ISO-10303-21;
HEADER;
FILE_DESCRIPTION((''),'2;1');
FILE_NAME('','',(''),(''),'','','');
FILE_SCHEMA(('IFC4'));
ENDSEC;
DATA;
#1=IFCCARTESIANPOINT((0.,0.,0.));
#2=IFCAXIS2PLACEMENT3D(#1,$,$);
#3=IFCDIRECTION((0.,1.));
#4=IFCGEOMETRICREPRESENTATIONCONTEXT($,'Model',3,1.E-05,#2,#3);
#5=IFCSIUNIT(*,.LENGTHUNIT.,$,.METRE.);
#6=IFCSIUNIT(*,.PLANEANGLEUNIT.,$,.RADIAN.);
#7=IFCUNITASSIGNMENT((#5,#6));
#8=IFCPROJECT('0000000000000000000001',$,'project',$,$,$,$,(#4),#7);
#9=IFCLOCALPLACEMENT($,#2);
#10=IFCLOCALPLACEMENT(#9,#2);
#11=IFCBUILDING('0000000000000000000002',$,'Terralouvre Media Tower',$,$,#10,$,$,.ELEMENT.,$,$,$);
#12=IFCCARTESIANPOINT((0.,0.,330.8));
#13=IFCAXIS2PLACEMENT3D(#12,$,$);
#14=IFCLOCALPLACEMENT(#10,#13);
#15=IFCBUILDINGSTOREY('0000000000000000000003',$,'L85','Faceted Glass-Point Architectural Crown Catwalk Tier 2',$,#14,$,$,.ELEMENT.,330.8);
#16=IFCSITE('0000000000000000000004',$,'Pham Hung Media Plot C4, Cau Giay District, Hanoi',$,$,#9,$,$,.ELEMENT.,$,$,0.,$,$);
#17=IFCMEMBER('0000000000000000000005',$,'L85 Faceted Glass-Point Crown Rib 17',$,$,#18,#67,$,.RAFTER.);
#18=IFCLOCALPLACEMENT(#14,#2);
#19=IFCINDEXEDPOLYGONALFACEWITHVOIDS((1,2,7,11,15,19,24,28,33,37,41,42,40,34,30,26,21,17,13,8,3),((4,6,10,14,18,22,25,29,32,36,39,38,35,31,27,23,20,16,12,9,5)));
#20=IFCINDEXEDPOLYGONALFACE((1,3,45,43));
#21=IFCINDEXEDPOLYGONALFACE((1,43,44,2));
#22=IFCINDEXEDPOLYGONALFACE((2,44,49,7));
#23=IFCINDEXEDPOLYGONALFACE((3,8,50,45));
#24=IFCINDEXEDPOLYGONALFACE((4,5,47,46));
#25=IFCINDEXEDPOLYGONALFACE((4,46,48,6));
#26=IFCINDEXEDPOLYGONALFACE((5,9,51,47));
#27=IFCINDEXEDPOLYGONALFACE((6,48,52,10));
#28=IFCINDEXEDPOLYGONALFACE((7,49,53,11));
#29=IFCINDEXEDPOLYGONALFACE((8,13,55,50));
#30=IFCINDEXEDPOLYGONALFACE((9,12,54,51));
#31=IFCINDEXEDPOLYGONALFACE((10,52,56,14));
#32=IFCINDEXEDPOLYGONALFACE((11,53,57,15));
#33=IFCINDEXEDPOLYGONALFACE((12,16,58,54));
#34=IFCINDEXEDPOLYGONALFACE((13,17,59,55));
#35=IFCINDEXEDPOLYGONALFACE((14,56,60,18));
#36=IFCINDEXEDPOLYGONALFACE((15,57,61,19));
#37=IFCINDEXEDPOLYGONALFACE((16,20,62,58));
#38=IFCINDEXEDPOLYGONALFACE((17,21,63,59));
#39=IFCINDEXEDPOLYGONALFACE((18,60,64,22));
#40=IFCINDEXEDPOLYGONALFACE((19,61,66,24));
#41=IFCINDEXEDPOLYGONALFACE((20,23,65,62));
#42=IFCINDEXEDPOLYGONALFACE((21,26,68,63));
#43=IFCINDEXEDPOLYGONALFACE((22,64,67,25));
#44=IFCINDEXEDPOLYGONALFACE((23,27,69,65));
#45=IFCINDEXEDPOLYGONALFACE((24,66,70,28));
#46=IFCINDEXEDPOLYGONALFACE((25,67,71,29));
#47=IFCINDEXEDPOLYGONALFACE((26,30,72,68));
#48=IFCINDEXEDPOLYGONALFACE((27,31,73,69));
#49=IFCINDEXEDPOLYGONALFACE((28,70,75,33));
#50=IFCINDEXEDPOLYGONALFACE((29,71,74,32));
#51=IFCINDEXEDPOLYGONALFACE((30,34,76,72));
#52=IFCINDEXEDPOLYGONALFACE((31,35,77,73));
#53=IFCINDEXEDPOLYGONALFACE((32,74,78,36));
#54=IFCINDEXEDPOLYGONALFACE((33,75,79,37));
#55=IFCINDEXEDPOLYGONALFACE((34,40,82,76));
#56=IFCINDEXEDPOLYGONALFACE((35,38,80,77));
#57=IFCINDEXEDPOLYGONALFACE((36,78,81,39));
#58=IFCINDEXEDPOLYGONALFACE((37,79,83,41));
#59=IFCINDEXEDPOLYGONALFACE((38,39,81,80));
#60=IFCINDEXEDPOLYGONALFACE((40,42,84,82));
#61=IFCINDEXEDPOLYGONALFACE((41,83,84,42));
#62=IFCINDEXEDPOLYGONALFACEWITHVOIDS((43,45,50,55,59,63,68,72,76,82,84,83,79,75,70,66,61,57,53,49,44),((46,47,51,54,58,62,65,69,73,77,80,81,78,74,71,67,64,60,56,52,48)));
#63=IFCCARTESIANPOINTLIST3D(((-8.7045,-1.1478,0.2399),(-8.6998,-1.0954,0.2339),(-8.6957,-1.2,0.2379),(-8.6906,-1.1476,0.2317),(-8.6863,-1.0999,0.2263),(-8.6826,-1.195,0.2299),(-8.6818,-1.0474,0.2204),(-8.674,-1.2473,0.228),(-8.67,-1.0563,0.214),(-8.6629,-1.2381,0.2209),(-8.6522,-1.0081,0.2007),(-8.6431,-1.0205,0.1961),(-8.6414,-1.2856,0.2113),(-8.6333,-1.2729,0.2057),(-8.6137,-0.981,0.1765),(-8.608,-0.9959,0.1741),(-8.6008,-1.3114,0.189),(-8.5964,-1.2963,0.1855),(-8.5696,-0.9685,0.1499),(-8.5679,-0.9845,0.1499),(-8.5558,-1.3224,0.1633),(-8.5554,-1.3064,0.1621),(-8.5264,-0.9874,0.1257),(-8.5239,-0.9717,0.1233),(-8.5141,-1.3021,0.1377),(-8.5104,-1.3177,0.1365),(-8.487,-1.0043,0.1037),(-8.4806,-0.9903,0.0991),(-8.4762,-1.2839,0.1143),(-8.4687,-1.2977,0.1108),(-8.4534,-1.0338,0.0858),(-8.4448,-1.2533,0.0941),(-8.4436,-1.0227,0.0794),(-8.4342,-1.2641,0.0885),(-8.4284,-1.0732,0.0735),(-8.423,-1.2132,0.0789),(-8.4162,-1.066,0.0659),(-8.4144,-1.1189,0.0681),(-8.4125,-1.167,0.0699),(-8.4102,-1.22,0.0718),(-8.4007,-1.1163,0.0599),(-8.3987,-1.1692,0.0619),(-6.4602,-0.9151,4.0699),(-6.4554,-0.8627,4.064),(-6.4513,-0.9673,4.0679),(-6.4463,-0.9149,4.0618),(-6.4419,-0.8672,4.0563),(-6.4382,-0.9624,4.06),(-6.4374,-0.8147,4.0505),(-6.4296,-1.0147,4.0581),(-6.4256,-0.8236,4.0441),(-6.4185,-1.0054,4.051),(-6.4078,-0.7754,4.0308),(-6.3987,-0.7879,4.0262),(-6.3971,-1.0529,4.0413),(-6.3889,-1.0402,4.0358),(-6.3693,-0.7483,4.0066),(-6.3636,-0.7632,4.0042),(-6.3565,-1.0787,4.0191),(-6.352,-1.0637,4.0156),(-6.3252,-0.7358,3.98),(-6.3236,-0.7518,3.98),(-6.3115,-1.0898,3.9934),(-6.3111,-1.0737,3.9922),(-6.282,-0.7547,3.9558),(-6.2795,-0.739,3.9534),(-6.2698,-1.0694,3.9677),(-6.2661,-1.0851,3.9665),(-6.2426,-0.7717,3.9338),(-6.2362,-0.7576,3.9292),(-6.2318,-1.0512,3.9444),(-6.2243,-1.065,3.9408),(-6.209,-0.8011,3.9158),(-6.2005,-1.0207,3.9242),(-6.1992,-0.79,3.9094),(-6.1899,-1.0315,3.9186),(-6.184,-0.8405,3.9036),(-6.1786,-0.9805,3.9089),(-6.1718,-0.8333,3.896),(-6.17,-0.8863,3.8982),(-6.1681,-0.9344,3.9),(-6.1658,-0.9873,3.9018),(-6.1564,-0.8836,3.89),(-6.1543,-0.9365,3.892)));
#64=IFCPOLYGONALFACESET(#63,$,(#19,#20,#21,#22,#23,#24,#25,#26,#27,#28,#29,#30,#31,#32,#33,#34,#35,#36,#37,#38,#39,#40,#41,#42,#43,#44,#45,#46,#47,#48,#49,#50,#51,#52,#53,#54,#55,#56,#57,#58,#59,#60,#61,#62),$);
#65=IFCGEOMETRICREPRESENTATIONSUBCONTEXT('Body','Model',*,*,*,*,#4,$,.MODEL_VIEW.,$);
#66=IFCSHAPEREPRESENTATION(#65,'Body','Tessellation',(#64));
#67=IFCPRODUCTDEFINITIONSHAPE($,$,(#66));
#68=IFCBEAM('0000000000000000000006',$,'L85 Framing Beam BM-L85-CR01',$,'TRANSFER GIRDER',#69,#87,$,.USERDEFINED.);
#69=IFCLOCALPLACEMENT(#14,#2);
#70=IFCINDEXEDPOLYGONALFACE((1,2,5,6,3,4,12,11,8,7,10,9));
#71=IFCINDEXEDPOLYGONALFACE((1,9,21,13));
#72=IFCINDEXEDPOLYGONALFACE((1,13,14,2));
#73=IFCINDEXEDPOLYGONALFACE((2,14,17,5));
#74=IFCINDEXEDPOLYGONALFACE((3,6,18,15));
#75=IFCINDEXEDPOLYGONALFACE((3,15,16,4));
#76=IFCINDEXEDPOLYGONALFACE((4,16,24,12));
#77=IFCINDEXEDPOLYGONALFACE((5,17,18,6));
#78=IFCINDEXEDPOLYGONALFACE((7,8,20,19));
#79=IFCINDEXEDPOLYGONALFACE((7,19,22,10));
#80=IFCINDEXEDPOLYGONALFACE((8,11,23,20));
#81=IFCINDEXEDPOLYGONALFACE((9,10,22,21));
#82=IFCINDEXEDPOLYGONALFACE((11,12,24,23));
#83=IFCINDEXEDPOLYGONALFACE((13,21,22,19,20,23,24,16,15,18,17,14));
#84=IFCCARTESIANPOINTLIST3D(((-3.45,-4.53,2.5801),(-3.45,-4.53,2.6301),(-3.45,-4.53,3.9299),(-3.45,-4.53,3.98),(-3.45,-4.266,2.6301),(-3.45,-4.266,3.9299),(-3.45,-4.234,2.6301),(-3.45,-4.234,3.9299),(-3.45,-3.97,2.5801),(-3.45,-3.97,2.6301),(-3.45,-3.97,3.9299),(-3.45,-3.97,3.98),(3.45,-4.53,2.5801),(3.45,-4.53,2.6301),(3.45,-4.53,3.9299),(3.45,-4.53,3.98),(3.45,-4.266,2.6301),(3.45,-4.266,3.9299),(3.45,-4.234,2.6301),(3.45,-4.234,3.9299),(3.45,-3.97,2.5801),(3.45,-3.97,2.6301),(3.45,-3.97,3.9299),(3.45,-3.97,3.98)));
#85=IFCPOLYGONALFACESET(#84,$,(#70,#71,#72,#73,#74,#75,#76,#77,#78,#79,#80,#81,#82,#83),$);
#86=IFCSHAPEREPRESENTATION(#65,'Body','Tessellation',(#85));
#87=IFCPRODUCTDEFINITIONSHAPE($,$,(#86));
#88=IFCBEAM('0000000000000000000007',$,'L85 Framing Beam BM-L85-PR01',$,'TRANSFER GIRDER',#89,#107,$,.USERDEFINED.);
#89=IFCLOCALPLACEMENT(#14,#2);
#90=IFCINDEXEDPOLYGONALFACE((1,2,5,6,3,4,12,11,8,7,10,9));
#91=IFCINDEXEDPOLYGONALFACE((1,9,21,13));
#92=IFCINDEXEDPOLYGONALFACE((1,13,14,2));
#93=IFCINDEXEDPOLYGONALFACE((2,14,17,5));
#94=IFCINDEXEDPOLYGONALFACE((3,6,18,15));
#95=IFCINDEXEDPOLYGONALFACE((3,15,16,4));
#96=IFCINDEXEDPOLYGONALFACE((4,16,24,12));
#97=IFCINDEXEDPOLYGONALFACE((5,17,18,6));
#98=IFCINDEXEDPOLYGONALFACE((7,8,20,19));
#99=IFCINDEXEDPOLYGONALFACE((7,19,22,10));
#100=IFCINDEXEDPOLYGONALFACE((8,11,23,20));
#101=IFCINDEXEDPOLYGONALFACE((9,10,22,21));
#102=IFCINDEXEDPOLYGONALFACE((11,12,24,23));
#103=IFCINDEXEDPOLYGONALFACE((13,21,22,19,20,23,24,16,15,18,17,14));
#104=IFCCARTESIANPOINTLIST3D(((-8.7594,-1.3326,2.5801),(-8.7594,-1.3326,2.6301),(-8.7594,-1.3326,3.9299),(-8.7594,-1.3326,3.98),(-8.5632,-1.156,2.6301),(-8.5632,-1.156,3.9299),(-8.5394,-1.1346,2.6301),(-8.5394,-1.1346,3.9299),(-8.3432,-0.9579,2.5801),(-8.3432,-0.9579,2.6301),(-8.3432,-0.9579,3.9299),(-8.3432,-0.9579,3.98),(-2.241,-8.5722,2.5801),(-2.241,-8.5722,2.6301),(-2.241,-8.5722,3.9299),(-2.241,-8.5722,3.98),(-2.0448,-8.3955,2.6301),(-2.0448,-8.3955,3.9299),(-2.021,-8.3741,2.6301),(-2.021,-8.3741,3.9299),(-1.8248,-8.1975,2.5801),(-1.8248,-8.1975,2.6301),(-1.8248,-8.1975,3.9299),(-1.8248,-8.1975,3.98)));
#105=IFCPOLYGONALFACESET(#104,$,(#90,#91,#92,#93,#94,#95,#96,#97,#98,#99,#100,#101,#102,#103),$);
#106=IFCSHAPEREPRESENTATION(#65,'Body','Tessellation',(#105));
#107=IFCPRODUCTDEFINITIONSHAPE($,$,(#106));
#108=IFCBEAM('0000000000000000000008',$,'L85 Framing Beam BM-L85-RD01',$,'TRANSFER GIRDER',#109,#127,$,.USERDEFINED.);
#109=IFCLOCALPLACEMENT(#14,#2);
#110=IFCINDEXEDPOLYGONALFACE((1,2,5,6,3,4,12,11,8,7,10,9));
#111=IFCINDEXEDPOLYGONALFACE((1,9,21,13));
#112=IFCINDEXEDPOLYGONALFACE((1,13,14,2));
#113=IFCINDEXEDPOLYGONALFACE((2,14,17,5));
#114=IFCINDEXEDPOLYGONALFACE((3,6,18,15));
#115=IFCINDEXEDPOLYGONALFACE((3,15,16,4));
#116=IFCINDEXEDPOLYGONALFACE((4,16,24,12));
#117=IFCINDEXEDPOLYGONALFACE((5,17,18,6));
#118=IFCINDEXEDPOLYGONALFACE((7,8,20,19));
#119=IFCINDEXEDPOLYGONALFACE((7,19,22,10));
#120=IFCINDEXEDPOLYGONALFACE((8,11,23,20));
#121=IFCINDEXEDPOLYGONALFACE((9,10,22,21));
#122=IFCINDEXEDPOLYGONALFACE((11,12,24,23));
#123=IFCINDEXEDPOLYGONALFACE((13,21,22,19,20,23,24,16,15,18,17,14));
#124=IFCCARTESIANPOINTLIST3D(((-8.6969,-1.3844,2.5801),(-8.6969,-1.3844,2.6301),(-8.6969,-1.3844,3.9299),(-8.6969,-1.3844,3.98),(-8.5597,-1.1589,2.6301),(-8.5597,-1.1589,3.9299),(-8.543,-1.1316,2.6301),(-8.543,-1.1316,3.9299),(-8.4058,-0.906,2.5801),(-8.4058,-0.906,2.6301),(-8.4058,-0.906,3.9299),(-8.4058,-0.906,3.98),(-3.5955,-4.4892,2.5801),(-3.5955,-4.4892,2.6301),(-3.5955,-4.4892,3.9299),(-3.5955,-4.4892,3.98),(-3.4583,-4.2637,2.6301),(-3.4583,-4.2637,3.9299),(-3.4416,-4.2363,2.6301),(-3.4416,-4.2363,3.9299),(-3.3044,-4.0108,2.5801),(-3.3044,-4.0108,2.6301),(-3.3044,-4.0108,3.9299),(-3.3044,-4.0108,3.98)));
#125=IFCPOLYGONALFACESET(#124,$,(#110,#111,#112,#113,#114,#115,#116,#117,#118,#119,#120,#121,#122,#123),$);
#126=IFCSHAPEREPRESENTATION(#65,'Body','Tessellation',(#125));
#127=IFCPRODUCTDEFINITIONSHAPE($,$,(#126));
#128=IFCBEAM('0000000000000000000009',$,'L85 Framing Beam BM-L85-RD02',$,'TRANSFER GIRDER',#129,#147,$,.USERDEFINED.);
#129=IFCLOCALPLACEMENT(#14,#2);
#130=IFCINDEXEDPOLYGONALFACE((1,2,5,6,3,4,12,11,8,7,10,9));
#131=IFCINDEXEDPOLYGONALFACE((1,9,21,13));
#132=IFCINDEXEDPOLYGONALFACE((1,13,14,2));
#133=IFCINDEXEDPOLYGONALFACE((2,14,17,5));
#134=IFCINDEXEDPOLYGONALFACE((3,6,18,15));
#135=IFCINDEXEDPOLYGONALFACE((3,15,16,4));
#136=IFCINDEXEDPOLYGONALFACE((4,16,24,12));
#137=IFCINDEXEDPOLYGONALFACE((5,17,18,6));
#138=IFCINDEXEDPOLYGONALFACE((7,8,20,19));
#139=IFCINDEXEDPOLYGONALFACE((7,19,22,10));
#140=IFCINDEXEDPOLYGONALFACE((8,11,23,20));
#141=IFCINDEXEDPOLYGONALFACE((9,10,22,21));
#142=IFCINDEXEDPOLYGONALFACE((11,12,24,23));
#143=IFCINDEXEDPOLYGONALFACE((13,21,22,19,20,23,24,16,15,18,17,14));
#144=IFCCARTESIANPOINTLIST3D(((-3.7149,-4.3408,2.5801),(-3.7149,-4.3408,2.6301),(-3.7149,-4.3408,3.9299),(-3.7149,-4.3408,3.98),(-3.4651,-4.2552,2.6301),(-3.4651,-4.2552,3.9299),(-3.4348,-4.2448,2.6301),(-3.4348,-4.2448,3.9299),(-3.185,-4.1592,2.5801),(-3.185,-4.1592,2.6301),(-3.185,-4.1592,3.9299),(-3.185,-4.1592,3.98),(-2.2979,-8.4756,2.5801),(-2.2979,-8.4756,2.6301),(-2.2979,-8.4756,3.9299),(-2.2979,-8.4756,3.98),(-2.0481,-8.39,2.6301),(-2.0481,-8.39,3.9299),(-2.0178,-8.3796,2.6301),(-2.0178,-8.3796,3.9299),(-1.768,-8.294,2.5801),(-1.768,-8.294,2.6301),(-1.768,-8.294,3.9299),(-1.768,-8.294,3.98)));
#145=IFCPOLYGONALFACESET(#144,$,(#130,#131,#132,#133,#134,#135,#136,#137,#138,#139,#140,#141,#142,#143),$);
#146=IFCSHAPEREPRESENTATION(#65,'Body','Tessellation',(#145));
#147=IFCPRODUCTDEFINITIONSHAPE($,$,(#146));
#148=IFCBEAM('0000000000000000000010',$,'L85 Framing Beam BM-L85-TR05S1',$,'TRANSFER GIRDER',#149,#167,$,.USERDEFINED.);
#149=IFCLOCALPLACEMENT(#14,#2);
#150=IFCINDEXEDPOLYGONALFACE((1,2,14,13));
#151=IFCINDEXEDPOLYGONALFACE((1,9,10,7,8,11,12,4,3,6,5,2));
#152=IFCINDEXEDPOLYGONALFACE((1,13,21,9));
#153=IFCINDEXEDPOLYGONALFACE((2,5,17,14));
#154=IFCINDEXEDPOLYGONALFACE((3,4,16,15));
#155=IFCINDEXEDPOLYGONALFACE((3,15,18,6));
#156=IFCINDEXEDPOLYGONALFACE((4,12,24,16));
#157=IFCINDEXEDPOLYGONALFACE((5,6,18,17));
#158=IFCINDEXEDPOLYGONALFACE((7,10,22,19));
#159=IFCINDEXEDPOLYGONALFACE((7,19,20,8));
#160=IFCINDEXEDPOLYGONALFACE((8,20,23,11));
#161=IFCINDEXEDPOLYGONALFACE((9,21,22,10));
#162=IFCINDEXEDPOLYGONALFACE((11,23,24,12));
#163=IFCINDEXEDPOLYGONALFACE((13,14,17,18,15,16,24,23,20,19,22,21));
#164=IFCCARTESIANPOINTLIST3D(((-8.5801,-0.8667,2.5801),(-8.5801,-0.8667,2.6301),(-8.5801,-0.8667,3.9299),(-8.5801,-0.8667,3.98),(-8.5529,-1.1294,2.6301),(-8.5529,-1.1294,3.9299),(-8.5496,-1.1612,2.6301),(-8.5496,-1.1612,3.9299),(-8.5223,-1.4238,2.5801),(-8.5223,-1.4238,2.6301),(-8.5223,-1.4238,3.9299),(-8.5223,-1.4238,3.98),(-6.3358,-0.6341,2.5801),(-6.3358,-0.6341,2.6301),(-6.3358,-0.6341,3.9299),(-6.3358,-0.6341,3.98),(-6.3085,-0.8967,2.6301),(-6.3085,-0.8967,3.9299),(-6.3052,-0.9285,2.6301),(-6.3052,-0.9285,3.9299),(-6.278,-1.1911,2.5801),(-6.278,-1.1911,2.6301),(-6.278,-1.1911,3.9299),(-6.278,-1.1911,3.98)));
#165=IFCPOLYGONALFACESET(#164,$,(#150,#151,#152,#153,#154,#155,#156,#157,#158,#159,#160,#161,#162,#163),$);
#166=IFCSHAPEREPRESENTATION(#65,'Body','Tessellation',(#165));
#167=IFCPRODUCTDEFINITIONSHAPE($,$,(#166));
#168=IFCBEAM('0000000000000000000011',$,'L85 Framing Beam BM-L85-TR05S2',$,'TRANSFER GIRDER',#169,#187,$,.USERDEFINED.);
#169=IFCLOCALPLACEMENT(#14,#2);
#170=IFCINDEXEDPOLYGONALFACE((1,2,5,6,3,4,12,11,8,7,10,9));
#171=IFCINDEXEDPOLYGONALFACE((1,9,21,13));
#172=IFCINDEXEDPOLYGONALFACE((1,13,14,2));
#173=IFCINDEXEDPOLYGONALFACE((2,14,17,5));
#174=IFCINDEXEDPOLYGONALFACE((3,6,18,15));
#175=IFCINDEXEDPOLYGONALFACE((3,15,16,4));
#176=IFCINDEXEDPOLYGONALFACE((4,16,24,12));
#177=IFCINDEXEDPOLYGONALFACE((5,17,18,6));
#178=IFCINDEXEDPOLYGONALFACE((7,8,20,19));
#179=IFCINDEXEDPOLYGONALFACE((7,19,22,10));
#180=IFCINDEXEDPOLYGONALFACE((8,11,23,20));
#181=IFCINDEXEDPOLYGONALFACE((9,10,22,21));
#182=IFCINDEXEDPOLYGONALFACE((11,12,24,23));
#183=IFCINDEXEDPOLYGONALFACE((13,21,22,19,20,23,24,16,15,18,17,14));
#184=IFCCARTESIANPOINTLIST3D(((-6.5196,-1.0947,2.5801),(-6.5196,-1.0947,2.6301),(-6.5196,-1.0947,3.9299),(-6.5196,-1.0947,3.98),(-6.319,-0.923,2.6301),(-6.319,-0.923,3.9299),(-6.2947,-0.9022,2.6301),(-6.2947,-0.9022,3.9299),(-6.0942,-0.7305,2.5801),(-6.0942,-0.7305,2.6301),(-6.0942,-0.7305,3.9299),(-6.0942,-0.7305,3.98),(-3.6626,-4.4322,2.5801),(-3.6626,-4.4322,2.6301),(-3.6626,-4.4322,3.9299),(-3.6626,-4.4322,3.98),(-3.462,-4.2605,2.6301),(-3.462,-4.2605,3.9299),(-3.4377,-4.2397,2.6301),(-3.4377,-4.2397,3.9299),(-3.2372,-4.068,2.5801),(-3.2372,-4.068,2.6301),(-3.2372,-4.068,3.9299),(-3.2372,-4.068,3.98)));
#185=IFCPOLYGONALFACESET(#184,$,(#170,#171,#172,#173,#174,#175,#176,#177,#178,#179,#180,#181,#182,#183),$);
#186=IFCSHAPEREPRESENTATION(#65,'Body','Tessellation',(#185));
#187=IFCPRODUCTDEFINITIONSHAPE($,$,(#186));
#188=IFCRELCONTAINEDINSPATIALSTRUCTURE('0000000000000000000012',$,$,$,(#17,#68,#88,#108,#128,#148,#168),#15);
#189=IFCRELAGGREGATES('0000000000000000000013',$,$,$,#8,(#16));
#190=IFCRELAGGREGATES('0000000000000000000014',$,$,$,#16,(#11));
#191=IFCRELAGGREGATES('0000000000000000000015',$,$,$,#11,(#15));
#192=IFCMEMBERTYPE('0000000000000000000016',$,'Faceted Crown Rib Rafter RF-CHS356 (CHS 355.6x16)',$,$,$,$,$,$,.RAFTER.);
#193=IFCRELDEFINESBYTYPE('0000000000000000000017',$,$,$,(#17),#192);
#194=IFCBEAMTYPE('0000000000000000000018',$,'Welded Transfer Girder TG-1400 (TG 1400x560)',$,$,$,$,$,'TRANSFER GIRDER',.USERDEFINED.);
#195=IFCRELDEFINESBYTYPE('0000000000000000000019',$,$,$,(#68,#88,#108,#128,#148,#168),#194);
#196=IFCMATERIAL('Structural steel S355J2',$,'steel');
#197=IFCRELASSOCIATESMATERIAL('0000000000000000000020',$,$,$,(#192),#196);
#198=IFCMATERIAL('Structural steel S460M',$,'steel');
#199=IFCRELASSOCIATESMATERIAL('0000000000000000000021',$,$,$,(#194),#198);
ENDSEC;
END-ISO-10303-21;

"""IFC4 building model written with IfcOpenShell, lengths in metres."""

from ifc_helpers import new_model, si_unit, direction, frame, origin, origin_2d, place, context, subcontext, project, spatial, hollow_circle, i_section, extrude, material, material_profile, profile_set, type_object, element, save


model = new_model("IFC4")

# Units and contexts
model_context = context("Model", 3, precision=1e-05, world=origin(), true_north=direction((0.0, 1.0)))
body_context = subcontext(model_context, "Body", "Model", "MODEL_VIEW")
ifc_project = project(units=[si_unit("LENGTHUNIT", "METRE"), si_unit("PLANEANGLEUNIT", "RADIAN")], contexts=[model_context])

# Site, building, storey
site_placement = place(None, origin())
site = spatial("IfcSite", under=ifc_project, at=site_placement, Name="Pham Hung Media Plot C4, Cau Giay District, Hanoi", CompositionType="ELEMENT", RefElevation=0.0)
building_placement = place(site_placement, origin())
building = spatial("IfcBuilding", under=site, at=building_placement, Name="Terralouvre Media Tower", CompositionType="ELEMENT")
storey_placement = place(building_placement, frame((0.0, 0.0, 330.8)))
storey = spatial("IfcBuildingStorey", under=building, at=storey_placement, Name="L85", Description="Faceted Glass-Point Architectural Crown Catwalk Tier 2", CompositionType="ELEMENT", Elevation=330.8)

# Member
ifc_material_1 = material(Name="Structural steel S355J2", Category="steel")
ifc_material_profile_1 = material_profile(ifc_material_1, hollow_circle(Radius=0.1777, WallThickness=0.0161, at=origin_2d()), Name="CHS 355.6x16")
ifc_profile_set_1 = profile_set([ifc_material_profile_1], Name="Structural steel S355J2")
member_type_1 = type_object("IfcMemberType", Name="Faceted Crown Rib Rafter RF-CHS356 (CHS 355.6x16)", PredefinedType="RAFTER", material=ifc_profile_set_1)
member_1_placement = place(storey_placement, frame((-8.5513, -1.1453, 0.1499), z_axis=(0.504887, 0.05234, 0.861597), x_axis=(-0.103113, 0.99467, 0.0)))
element("IfcMember", 1, at=member_1_placement, inside=storey, type_object=member_type_1, Name="L85 Faceted Glass-Point Crown Rib 17", PredefinedType="RAFTER", context=body_context, shape_type="SweptSolid", body=[
    extrude(hollow_circle(Radius=0.1777, WallThickness=0.0161, at=origin_2d()), origin(), (0.0, 0.0, 1.0), 4.4453),
])

# Beams
ifc_material_2 = material(Name="Structural steel S460M", Category="steel")
ifc_material_profile_2 = material_profile(ifc_material_2, i_section(OverallWidth=0.5601, OverallDepth=1.3999, WebThickness=0.032, FlangeThickness=0.05, at=origin_2d()), Name="TG 1400x560")
ifc_profile_set_2 = profile_set([ifc_material_profile_2], Name="Structural steel S460M")
beam_type = type_object("IfcBeamType", Name="Welded Transfer Girder TG-1400 (TG 1400x560)", ElementType="TRANSFER GIRDER", PredefinedType="USERDEFINED", material=ifc_profile_set_2)
beam_1_placement = place(storey_placement, frame((-3.45, -4.25, 3.28), z_axis=(1.0, 0.0, 0.0), x_axis=(0.0, 1.0, 0.0)))
element("IfcBeam", 2, at=beam_1_placement, inside=storey, type_object=beam_type, Name="L85 Framing Beam BM-L85-CR01", ObjectType="TRANSFER GIRDER", PredefinedType="USERDEFINED", context=body_context, shape_type="SweptSolid", body=[
    extrude(i_section(OverallWidth=0.5601, OverallDepth=1.3999, WebThickness=0.032, FlangeThickness=0.05, at=origin_2d()), origin(), (0.0, 0.0, 1.0), 6.8999),
])
beam_2_placement = place(storey_placement, frame((-8.5513, -1.1453, 3.28), z_axis=(0.669121, -0.743153, 0.0), x_axis=(0.743153, 0.669121, 0.0)))
element("IfcBeam", 3, at=beam_2_placement, inside=storey, type_object=beam_type, Name="L85 Framing Beam BM-L85-PR01", ObjectType="TRANSFER GIRDER", PredefinedType="USERDEFINED", context=body_context, shape_type="SweptSolid", body=[
    extrude(i_section(OverallWidth=0.5601, OverallDepth=1.3999, WebThickness=0.032, FlangeThickness=0.05, at=origin_2d()), origin(), (0.0, 0.0, 1.0), 9.7417),
])
beam_3_placement = place(storey_placement, frame((-3.45, -4.25, 3.28), z_axis=(-0.854229, 0.519896, 0.0), x_axis=(-0.519896, -0.854229, 0.0)))
element("IfcBeam", 4, at=beam_3_placement, inside=storey, type_object=beam_type, Name="L85 Framing Beam BM-L85-RD01", ObjectType="TRANSFER GIRDER", PredefinedType="USERDEFINED", context=body_context, shape_type="SweptSolid", body=[
    extrude(i_section(OverallWidth=0.5601, OverallDepth=1.3999, WebThickness=0.032, FlangeThickness=0.05, at=origin_2d()), origin(), (0.0, 0.0, 1.0), 5.9719),
])
beam_4_placement = place(storey_placement, frame((-3.45, -4.25, 3.28), z_axis=(0.324193, -0.945991, 0.0), x_axis=(0.945991, 0.324193, 0.0)))
element("IfcBeam", 5, at=beam_4_placement, inside=storey, type_object=beam_type, Name="L85 Framing Beam BM-L85-RD02", ObjectType="TRANSFER GIRDER", PredefinedType="USERDEFINED", context=body_context, shape_type="SweptSolid", body=[
    extrude(i_section(OverallWidth=0.5601, OverallDepth=1.3999, WebThickness=0.032, FlangeThickness=0.05, at=origin_2d()), origin(), (0.0, 0.0, 1.0), 4.3708),
])
beam_5_placement = place(storey_placement, frame((-6.3069, -0.9126, 3.28), z_axis=(-0.99467, -0.103113, 0.0), x_axis=(0.103113, -0.99467, 0.0)))
element("IfcBeam", 6, at=beam_5_placement, inside=storey, type_object=beam_type, Name="L85 Framing Beam BM-L85-TR05S1", ObjectType="TRANSFER GIRDER", PredefinedType="USERDEFINED", context=body_context, shape_type="SweptSolid", body=[
    extrude(i_section(OverallWidth=0.5601, OverallDepth=1.3999, WebThickness=0.032, FlangeThickness=0.05, at=origin_2d()), origin(), (0.0, 0.0, 1.0), 2.2563),
])
beam_6_placement = place(storey_placement, frame((-6.3069, -0.9126, 3.28), z_axis=(0.650306, -0.759672, 0.0), x_axis=(0.759672, 0.650306, 0.0)))
element("IfcBeam", 7, at=beam_6_placement, inside=storey, type_object=beam_type, Name="L85 Framing Beam BM-L85-TR05S2", ObjectType="TRANSFER GIRDER", PredefinedType="USERDEFINED", context=body_context, shape_type="SweptSolid", body=[
    extrude(i_section(OverallWidth=0.5601, OverallDepth=1.3999, WebThickness=0.032, FlangeThickness=0.05, at=origin_2d()), origin(), (0.0, 0.0, 1.0), 4.3933),
])

save(model, "model.ifc")
